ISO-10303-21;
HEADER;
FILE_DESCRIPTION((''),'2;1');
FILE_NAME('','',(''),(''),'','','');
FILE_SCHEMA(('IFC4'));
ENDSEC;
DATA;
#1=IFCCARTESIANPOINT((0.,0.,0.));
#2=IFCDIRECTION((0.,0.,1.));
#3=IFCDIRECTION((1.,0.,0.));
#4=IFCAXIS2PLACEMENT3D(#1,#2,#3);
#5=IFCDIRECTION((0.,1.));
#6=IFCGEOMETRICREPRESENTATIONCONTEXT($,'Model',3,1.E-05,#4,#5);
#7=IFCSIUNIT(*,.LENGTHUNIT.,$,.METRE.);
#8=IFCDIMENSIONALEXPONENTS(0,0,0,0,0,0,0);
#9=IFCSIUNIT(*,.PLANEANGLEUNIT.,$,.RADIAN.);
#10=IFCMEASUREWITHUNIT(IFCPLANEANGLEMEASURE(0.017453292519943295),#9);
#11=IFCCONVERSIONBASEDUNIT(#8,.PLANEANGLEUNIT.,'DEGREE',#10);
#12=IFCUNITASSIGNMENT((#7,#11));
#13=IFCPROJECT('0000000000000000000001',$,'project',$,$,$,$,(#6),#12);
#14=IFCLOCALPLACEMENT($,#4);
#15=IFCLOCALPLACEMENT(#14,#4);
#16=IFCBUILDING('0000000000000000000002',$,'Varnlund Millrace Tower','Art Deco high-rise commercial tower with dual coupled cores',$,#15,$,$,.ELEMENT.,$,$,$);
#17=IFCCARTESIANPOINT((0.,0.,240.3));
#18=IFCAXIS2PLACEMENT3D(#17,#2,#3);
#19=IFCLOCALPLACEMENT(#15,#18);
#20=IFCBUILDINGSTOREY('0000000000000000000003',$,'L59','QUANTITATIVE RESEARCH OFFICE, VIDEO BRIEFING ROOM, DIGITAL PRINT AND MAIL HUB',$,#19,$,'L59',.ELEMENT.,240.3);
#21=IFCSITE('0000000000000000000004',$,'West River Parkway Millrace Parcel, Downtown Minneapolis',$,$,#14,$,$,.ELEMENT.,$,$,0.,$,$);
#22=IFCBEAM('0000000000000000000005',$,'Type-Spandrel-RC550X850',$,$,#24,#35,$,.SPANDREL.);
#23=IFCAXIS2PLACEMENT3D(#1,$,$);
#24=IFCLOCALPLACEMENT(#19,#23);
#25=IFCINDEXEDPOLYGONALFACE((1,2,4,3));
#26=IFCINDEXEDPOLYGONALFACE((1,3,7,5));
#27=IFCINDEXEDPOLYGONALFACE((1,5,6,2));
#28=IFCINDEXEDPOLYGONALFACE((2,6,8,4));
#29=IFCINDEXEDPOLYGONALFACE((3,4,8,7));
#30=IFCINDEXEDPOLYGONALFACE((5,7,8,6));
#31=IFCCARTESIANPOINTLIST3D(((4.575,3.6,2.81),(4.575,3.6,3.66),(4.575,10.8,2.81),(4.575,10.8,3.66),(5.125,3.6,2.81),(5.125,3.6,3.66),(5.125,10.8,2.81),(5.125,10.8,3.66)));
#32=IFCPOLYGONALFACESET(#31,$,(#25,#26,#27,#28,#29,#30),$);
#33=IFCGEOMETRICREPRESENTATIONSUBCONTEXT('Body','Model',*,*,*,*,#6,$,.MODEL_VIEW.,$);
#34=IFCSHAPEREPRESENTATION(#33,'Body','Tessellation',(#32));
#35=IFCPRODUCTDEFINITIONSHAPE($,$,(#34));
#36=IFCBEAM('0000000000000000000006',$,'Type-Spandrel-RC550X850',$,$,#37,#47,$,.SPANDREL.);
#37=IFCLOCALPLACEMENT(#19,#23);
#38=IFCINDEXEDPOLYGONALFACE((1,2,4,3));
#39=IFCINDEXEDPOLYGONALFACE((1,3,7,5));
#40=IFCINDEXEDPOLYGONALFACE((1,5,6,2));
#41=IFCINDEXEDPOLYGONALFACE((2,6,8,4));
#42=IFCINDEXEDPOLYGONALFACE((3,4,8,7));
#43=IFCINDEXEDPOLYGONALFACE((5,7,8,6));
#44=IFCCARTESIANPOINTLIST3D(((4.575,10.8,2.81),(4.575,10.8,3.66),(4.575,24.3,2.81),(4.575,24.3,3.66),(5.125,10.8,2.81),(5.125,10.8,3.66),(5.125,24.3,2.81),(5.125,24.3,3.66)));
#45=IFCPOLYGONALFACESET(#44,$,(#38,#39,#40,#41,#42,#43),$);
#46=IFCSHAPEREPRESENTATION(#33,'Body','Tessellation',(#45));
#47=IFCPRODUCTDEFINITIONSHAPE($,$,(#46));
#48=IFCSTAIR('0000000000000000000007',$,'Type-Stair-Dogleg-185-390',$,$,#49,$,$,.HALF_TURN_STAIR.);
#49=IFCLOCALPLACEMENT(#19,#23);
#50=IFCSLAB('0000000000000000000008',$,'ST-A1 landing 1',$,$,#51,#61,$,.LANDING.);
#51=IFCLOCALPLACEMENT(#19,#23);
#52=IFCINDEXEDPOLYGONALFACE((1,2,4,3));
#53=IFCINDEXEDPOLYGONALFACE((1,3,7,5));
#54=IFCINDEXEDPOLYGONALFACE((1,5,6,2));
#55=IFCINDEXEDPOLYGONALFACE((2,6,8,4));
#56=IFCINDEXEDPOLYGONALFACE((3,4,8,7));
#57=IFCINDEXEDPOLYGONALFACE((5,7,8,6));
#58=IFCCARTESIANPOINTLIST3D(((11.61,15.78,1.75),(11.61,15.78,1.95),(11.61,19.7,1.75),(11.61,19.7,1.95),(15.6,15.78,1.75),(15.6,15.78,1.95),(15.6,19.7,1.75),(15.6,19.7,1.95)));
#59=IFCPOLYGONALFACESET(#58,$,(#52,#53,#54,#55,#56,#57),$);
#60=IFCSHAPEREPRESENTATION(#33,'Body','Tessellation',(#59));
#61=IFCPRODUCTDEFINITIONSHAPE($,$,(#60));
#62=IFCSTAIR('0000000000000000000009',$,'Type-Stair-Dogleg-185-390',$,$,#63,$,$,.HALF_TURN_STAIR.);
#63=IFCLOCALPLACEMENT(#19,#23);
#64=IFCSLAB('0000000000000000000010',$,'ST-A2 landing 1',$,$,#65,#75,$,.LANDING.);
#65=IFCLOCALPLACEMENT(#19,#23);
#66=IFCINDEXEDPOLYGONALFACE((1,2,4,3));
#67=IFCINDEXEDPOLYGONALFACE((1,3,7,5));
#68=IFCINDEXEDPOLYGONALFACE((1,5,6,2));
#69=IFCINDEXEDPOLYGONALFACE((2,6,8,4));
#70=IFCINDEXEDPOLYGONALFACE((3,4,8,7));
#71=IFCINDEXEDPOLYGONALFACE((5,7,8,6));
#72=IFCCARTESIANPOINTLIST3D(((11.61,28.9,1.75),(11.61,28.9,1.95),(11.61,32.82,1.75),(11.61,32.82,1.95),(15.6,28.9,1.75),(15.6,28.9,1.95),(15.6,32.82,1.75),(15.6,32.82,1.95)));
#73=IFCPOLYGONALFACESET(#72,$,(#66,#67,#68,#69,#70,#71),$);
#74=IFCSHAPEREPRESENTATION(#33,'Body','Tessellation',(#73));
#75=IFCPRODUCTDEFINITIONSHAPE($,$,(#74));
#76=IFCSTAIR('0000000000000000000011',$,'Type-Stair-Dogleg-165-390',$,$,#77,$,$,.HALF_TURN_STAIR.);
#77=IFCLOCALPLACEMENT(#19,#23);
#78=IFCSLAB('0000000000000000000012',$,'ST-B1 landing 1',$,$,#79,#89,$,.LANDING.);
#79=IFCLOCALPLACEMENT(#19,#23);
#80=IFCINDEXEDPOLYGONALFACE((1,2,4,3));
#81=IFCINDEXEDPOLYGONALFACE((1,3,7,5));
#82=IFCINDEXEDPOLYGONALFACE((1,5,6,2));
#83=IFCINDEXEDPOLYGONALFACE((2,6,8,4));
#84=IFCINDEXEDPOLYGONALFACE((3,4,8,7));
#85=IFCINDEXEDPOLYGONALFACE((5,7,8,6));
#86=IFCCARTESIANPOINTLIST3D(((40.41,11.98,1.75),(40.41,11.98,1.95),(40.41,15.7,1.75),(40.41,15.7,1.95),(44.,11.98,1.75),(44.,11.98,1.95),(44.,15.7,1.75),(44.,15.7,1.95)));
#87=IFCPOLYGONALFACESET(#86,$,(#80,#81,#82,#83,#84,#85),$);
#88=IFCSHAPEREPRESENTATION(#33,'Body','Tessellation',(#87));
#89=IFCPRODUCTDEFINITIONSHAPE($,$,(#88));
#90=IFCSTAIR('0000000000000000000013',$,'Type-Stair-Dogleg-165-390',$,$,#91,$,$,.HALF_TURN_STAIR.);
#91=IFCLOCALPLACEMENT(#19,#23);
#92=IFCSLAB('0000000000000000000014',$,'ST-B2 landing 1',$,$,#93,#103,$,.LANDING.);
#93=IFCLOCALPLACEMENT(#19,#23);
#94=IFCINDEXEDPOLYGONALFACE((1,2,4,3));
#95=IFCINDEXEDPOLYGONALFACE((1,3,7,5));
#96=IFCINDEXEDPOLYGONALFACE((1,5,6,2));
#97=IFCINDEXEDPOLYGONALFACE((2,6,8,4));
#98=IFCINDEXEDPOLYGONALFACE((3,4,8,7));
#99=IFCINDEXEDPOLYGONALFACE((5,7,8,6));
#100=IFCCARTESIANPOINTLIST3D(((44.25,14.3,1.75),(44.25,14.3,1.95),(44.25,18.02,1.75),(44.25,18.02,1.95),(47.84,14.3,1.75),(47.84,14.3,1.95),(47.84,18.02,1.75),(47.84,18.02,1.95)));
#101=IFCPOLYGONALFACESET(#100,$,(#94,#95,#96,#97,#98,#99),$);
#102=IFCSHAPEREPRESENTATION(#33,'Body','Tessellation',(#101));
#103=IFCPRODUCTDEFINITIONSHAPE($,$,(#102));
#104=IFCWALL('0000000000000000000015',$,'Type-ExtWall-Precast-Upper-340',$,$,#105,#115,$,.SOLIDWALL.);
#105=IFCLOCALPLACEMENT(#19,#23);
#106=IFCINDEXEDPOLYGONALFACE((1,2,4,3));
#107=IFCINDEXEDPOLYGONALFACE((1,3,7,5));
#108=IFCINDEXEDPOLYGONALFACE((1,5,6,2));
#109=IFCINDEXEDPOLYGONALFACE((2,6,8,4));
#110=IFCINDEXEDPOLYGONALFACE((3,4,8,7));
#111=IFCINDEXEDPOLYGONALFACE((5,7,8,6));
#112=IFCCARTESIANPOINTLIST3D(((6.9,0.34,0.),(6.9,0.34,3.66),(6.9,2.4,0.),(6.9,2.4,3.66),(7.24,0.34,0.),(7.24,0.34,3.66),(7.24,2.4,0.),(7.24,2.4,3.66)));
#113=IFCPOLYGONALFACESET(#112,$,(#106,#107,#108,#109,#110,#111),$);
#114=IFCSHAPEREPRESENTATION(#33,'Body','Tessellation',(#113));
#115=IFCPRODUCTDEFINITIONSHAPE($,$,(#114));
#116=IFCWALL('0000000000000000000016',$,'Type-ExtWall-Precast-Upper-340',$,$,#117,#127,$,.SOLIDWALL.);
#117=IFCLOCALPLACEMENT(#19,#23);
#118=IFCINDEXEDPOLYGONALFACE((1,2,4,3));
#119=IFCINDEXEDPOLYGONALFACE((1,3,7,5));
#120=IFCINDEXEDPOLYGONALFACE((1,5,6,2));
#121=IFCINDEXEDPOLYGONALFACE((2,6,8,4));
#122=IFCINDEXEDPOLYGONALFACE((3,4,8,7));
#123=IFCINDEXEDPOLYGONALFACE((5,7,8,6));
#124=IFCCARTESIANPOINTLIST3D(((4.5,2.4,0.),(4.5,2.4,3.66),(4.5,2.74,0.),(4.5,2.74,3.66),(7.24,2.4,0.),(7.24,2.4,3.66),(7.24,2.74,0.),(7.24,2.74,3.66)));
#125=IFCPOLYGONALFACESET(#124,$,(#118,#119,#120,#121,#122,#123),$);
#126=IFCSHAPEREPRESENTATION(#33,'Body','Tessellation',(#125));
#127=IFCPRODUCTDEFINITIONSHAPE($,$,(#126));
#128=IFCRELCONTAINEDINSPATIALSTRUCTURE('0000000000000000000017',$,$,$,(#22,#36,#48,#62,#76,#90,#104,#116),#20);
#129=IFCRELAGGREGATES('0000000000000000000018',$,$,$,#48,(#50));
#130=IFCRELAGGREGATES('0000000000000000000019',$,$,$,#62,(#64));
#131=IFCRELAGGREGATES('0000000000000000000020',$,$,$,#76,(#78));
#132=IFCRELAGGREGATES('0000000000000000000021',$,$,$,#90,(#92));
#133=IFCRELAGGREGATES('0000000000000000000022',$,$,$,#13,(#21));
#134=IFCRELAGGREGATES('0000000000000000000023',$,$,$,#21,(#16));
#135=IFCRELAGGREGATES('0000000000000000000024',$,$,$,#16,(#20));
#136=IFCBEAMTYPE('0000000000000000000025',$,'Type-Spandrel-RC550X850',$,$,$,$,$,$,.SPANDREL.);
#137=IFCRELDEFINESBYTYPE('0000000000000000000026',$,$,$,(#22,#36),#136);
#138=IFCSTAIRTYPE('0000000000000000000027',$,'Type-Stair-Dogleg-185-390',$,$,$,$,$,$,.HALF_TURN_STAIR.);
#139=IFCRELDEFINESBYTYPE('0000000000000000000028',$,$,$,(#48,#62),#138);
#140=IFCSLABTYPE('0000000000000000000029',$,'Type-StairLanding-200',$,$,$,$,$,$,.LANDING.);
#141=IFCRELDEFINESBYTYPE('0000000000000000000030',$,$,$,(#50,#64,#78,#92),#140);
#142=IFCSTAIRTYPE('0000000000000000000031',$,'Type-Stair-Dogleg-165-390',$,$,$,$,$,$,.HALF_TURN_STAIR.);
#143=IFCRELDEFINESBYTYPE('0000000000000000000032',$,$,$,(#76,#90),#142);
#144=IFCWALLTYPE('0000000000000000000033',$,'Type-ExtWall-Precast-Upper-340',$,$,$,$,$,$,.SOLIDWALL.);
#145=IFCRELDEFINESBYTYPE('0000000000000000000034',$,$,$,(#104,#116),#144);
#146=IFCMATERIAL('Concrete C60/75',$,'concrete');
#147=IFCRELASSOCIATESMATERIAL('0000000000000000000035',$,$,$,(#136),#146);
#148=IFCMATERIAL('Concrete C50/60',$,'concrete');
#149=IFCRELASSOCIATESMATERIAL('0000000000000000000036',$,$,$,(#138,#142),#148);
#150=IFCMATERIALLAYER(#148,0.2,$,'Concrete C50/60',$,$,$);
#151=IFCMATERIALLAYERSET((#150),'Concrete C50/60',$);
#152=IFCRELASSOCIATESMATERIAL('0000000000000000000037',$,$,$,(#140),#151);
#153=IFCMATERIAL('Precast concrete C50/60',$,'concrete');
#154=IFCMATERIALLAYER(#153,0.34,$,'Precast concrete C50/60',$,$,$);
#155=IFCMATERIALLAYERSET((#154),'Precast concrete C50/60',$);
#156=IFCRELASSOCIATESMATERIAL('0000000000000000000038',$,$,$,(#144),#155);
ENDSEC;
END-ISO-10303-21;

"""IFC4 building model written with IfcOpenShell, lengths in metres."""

from ifc_helpers import new_model, entity, si_unit, converted_unit, direction, frame, origin_with_axes, origin_2d_with_axis, place, context, subcontext, project, spatial, polyline, rectangle, outline, extrude, material, layer, layer_set, material_profile, profile_set, type_object, element, aggregate, save


model = new_model("IFC4")

# Units and contexts
model_context = context("Model", 3, precision=1e-05, world=origin_with_axes(), true_north=direction((0.0, 1.0)))
body_context = subcontext(model_context, "Body", "Model", "MODEL_VIEW")
ifc_project = project(units=[si_unit("LENGTHUNIT", "METRE"), converted_unit("PLANEANGLEUNIT", "DEGREE", entity("IfcPlaneAngleMeasure", 0.017453292519943295), si_unit("PLANEANGLEUNIT", "RADIAN"), dimensions=[0, 0, 0, 0, 0, 0, 0])], contexts=[model_context])

# Site, building, storey
site_placement = place(None, origin_with_axes())
site = spatial("IfcSite", under=ifc_project, at=site_placement, Name="West River Parkway Millrace Parcel, Downtown Minneapolis", CompositionType="ELEMENT", RefElevation=0.0)
building_placement = place(site_placement, origin_with_axes())
building = spatial("IfcBuilding", under=site, at=building_placement, Name="Varnlund Millrace Tower", Description="Art Deco high-rise commercial tower with dual coupled cores", CompositionType="ELEMENT")
storey_placement = place(building_placement, frame((0.0, 0.0, 240.3), z_axis=(0.0, 0.0, 1.0), x_axis=(1.0, 0.0, 0.0)))
storey = spatial("IfcBuildingStorey", under=building, at=storey_placement, Name="L59", Description="QUANTITATIVE RESEARCH OFFICE, VIDEO BRIEFING ROOM, DIGITAL PRINT AND MAIL HUB", LongName="L59", CompositionType="ELEMENT", Elevation=240.3)

# Beams
ifc_material_1 = material(Name="Concrete C60/75", Category="concrete")
ifc_material_profile_1 = material_profile(ifc_material_1, rectangle(XDim=0.55, YDim=0.85, at=origin_2d_with_axis()), Name="Concrete C60/75")
ifc_profile_set_1 = profile_set([ifc_material_profile_1], Name="Concrete C60/75")
beam_type_1 = type_object("IfcBeamType", Name="Type-Spandrel-RC550X850", PredefinedType="SPANDREL", material=ifc_profile_set_1)
beam_1_placement = place(storey_placement, frame((4.85, 3.6, 3.235), z_axis=(0.0, 1.0, 0.0), x_axis=(-1.0, 0.0, 0.0)))
element("IfcBeam", 1, at=beam_1_placement, inside=storey, type_object=beam_type_1, Name="Type-Spandrel-RC550X850", PredefinedType="SPANDREL", context=body_context, shape_type="SweptSolid", body=[
    extrude(rectangle(XDim=0.55, YDim=0.85, at=origin_2d_with_axis()), origin_with_axes(), (0.0, 0.0, 1.0), 7.2),
])
beam_2_placement = place(storey_placement, frame((4.85, 10.8, 3.235), z_axis=(0.0, 1.0, 0.0), x_axis=(-1.0, 0.0, 0.0)))
element("IfcBeam", 2, at=beam_2_placement, inside=storey, type_object=beam_type_1, Name="Type-Spandrel-RC550X850", PredefinedType="SPANDREL", context=body_context, shape_type="SweptSolid", body=[
    extrude(rectangle(XDim=0.55, YDim=0.85, at=origin_2d_with_axis()), origin_with_axes(), (0.0, 0.0, 1.0), 13.5),
])

# Stairs, slabs
ifc_material_2 = material(Name="Concrete C50/60", Category="concrete")
stair_type_1 = type_object("IfcStairType", Name="Type-Stair-Dogleg-185-390", PredefinedType="HALF_TURN_STAIR", material=ifc_material_2)
stair_1_placement = place(storey_placement, origin_with_axes())
stair_1 = element("IfcStair", 3, at=stair_1_placement, inside=storey, type_object=stair_type_1, Name="Type-Stair-Dogleg-185-390", PredefinedType="HALF_TURN_STAIR")
ifc_layer_1 = layer(ifc_material_2, 0.2, Name="Concrete C50/60")
ifc_layer_set_1 = layer_set([ifc_layer_1], Name="Concrete C50/60")
slab_type = type_object("IfcSlabType", Name="Type-StairLanding-200", PredefinedType="LANDING", material=ifc_layer_set_1)
slab_1_placement = place(storey_placement, frame((0.0, 0.0, 1.75), z_axis=(0.0, 0.0, 1.0), x_axis=(1.0, 0.0, 0.0)))
slab_1 = element("IfcSlab", 4, at=slab_1_placement, type_object=slab_type, Name="ST-A1 landing 1", PredefinedType="LANDING", context=body_context, shape_type="SweptSolid", body=[
    extrude(outline(polyline([(15.6, 15.78), (15.6, 19.7), (11.61, 19.7), (11.61, 15.78), (15.6, 15.78)])), origin_with_axes(), (0.0, 0.0, 1.0), 0.2),
])
aggregate(stair_1, [slab_1])
stair_2_placement = place(storey_placement, origin_with_axes())
stair_2 = element("IfcStair", 5, at=stair_2_placement, inside=storey, type_object=stair_type_1, Name="Type-Stair-Dogleg-185-390", PredefinedType="HALF_TURN_STAIR")
slab_2_placement = place(storey_placement, frame((0.0, 0.0, 1.75), z_axis=(0.0, 0.0, 1.0), x_axis=(1.0, 0.0, 0.0)))
slab_2 = element("IfcSlab", 6, at=slab_2_placement, type_object=slab_type, Name="ST-A2 landing 1", PredefinedType="LANDING", context=body_context, shape_type="SweptSolid", body=[
    extrude(outline(polyline([(11.61, 32.82), (11.61, 28.9), (15.6, 28.9), (15.6, 32.82), (11.61, 32.82)])), origin_with_axes(), (0.0, 0.0, 1.0), 0.2),
])
aggregate(stair_2, [slab_2])
stair_type_2 = type_object("IfcStairType", Name="Type-Stair-Dogleg-165-390", PredefinedType="HALF_TURN_STAIR", material=ifc_material_2)
stair_3_placement = place(storey_placement, origin_with_axes())
stair_3 = element("IfcStair", 7, at=stair_3_placement, inside=storey, type_object=stair_type_2, Name="Type-Stair-Dogleg-165-390", PredefinedType="HALF_TURN_STAIR")
slab_3_placement = place(storey_placement, frame((0.0, 0.0, 1.75), z_axis=(0.0, 0.0, 1.0), x_axis=(1.0, 0.0, 0.0)))
slab_3 = element("IfcSlab", 8, at=slab_3_placement, type_object=slab_type, Name="ST-B1 landing 1", PredefinedType="LANDING", context=body_context, shape_type="SweptSolid", body=[
    extrude(outline(polyline([(44.0, 11.98), (44.0, 15.7), (40.41, 15.7), (40.41, 11.98), (44.0, 11.98)])), origin_with_axes(), (0.0, 0.0, 1.0), 0.2),
])
aggregate(stair_3, [slab_3])
stair_4_placement = place(storey_placement, origin_with_axes())
stair_4 = element("IfcStair", 9, at=stair_4_placement, inside=storey, type_object=stair_type_2, Name="Type-Stair-Dogleg-165-390", PredefinedType="HALF_TURN_STAIR")
slab_4_placement = place(storey_placement, frame((0.0, 0.0, 1.75), z_axis=(0.0, 0.0, 1.0), x_axis=(1.0, 0.0, 0.0)))
slab_4 = element("IfcSlab", 10, at=slab_4_placement, type_object=slab_type, Name="ST-B2 landing 1", PredefinedType="LANDING", context=body_context, shape_type="SweptSolid", body=[
    extrude(outline(polyline([(44.25, 18.02), (44.25, 14.3), (47.84, 14.3), (47.84, 18.02), (44.25, 18.02)])), origin_with_axes(), (0.0, 0.0, 1.0), 0.2),
])
aggregate(stair_4, [slab_4])

# Walls
ifc_material_3 = material(Name="Precast concrete C50/60", Category="concrete")
ifc_layer_2 = layer(ifc_material_3, 0.34, Name="Precast concrete C50/60")
ifc_layer_set_2 = layer_set([ifc_layer_2], Name="Precast concrete C50/60")
wall_type = type_object("IfcWallType", Name="Type-ExtWall-Precast-Upper-340", PredefinedType="SOLIDWALL", material=ifc_layer_set_2)
wall_1_placement = place(storey_placement, frame((7.07, 0.34, 0.0), z_axis=(0.0, 0.0, 1.0), x_axis=(0.0, 1.0, 0.0)))
element("IfcWall", 11, at=wall_1_placement, inside=storey, type_object=wall_type, Name="Type-ExtWall-Precast-Upper-340", PredefinedType="SOLIDWALL", context=body_context, shape_type="SweptSolid", body=[
    extrude(outline(polyline([(0.0, -0.17), (2.06, -0.17), (2.06, 0.17), (0.0, 0.17), (0.0, -0.17)])), origin_with_axes(), (0.0, 0.0, 1.0), 3.66),
])
wall_2_placement = place(storey_placement, frame((7.24, 2.57, 0.0), z_axis=(0.0, 0.0, 1.0), x_axis=(-1.0, 0.0, 0.0)))
element("IfcWall", 12, at=wall_2_placement, inside=storey, type_object=wall_type, Name="Type-ExtWall-Precast-Upper-340", PredefinedType="SOLIDWALL", context=body_context, shape_type="SweptSolid", body=[
    extrude(outline(polyline([(0.0, -0.17), (2.74, -0.17), (2.74, 0.17), (0.0, 0.17), (0.0, -0.17)])), origin_with_axes(), (0.0, 0.0, 1.0), 3.66),
])

save(model, "model.ifc")
